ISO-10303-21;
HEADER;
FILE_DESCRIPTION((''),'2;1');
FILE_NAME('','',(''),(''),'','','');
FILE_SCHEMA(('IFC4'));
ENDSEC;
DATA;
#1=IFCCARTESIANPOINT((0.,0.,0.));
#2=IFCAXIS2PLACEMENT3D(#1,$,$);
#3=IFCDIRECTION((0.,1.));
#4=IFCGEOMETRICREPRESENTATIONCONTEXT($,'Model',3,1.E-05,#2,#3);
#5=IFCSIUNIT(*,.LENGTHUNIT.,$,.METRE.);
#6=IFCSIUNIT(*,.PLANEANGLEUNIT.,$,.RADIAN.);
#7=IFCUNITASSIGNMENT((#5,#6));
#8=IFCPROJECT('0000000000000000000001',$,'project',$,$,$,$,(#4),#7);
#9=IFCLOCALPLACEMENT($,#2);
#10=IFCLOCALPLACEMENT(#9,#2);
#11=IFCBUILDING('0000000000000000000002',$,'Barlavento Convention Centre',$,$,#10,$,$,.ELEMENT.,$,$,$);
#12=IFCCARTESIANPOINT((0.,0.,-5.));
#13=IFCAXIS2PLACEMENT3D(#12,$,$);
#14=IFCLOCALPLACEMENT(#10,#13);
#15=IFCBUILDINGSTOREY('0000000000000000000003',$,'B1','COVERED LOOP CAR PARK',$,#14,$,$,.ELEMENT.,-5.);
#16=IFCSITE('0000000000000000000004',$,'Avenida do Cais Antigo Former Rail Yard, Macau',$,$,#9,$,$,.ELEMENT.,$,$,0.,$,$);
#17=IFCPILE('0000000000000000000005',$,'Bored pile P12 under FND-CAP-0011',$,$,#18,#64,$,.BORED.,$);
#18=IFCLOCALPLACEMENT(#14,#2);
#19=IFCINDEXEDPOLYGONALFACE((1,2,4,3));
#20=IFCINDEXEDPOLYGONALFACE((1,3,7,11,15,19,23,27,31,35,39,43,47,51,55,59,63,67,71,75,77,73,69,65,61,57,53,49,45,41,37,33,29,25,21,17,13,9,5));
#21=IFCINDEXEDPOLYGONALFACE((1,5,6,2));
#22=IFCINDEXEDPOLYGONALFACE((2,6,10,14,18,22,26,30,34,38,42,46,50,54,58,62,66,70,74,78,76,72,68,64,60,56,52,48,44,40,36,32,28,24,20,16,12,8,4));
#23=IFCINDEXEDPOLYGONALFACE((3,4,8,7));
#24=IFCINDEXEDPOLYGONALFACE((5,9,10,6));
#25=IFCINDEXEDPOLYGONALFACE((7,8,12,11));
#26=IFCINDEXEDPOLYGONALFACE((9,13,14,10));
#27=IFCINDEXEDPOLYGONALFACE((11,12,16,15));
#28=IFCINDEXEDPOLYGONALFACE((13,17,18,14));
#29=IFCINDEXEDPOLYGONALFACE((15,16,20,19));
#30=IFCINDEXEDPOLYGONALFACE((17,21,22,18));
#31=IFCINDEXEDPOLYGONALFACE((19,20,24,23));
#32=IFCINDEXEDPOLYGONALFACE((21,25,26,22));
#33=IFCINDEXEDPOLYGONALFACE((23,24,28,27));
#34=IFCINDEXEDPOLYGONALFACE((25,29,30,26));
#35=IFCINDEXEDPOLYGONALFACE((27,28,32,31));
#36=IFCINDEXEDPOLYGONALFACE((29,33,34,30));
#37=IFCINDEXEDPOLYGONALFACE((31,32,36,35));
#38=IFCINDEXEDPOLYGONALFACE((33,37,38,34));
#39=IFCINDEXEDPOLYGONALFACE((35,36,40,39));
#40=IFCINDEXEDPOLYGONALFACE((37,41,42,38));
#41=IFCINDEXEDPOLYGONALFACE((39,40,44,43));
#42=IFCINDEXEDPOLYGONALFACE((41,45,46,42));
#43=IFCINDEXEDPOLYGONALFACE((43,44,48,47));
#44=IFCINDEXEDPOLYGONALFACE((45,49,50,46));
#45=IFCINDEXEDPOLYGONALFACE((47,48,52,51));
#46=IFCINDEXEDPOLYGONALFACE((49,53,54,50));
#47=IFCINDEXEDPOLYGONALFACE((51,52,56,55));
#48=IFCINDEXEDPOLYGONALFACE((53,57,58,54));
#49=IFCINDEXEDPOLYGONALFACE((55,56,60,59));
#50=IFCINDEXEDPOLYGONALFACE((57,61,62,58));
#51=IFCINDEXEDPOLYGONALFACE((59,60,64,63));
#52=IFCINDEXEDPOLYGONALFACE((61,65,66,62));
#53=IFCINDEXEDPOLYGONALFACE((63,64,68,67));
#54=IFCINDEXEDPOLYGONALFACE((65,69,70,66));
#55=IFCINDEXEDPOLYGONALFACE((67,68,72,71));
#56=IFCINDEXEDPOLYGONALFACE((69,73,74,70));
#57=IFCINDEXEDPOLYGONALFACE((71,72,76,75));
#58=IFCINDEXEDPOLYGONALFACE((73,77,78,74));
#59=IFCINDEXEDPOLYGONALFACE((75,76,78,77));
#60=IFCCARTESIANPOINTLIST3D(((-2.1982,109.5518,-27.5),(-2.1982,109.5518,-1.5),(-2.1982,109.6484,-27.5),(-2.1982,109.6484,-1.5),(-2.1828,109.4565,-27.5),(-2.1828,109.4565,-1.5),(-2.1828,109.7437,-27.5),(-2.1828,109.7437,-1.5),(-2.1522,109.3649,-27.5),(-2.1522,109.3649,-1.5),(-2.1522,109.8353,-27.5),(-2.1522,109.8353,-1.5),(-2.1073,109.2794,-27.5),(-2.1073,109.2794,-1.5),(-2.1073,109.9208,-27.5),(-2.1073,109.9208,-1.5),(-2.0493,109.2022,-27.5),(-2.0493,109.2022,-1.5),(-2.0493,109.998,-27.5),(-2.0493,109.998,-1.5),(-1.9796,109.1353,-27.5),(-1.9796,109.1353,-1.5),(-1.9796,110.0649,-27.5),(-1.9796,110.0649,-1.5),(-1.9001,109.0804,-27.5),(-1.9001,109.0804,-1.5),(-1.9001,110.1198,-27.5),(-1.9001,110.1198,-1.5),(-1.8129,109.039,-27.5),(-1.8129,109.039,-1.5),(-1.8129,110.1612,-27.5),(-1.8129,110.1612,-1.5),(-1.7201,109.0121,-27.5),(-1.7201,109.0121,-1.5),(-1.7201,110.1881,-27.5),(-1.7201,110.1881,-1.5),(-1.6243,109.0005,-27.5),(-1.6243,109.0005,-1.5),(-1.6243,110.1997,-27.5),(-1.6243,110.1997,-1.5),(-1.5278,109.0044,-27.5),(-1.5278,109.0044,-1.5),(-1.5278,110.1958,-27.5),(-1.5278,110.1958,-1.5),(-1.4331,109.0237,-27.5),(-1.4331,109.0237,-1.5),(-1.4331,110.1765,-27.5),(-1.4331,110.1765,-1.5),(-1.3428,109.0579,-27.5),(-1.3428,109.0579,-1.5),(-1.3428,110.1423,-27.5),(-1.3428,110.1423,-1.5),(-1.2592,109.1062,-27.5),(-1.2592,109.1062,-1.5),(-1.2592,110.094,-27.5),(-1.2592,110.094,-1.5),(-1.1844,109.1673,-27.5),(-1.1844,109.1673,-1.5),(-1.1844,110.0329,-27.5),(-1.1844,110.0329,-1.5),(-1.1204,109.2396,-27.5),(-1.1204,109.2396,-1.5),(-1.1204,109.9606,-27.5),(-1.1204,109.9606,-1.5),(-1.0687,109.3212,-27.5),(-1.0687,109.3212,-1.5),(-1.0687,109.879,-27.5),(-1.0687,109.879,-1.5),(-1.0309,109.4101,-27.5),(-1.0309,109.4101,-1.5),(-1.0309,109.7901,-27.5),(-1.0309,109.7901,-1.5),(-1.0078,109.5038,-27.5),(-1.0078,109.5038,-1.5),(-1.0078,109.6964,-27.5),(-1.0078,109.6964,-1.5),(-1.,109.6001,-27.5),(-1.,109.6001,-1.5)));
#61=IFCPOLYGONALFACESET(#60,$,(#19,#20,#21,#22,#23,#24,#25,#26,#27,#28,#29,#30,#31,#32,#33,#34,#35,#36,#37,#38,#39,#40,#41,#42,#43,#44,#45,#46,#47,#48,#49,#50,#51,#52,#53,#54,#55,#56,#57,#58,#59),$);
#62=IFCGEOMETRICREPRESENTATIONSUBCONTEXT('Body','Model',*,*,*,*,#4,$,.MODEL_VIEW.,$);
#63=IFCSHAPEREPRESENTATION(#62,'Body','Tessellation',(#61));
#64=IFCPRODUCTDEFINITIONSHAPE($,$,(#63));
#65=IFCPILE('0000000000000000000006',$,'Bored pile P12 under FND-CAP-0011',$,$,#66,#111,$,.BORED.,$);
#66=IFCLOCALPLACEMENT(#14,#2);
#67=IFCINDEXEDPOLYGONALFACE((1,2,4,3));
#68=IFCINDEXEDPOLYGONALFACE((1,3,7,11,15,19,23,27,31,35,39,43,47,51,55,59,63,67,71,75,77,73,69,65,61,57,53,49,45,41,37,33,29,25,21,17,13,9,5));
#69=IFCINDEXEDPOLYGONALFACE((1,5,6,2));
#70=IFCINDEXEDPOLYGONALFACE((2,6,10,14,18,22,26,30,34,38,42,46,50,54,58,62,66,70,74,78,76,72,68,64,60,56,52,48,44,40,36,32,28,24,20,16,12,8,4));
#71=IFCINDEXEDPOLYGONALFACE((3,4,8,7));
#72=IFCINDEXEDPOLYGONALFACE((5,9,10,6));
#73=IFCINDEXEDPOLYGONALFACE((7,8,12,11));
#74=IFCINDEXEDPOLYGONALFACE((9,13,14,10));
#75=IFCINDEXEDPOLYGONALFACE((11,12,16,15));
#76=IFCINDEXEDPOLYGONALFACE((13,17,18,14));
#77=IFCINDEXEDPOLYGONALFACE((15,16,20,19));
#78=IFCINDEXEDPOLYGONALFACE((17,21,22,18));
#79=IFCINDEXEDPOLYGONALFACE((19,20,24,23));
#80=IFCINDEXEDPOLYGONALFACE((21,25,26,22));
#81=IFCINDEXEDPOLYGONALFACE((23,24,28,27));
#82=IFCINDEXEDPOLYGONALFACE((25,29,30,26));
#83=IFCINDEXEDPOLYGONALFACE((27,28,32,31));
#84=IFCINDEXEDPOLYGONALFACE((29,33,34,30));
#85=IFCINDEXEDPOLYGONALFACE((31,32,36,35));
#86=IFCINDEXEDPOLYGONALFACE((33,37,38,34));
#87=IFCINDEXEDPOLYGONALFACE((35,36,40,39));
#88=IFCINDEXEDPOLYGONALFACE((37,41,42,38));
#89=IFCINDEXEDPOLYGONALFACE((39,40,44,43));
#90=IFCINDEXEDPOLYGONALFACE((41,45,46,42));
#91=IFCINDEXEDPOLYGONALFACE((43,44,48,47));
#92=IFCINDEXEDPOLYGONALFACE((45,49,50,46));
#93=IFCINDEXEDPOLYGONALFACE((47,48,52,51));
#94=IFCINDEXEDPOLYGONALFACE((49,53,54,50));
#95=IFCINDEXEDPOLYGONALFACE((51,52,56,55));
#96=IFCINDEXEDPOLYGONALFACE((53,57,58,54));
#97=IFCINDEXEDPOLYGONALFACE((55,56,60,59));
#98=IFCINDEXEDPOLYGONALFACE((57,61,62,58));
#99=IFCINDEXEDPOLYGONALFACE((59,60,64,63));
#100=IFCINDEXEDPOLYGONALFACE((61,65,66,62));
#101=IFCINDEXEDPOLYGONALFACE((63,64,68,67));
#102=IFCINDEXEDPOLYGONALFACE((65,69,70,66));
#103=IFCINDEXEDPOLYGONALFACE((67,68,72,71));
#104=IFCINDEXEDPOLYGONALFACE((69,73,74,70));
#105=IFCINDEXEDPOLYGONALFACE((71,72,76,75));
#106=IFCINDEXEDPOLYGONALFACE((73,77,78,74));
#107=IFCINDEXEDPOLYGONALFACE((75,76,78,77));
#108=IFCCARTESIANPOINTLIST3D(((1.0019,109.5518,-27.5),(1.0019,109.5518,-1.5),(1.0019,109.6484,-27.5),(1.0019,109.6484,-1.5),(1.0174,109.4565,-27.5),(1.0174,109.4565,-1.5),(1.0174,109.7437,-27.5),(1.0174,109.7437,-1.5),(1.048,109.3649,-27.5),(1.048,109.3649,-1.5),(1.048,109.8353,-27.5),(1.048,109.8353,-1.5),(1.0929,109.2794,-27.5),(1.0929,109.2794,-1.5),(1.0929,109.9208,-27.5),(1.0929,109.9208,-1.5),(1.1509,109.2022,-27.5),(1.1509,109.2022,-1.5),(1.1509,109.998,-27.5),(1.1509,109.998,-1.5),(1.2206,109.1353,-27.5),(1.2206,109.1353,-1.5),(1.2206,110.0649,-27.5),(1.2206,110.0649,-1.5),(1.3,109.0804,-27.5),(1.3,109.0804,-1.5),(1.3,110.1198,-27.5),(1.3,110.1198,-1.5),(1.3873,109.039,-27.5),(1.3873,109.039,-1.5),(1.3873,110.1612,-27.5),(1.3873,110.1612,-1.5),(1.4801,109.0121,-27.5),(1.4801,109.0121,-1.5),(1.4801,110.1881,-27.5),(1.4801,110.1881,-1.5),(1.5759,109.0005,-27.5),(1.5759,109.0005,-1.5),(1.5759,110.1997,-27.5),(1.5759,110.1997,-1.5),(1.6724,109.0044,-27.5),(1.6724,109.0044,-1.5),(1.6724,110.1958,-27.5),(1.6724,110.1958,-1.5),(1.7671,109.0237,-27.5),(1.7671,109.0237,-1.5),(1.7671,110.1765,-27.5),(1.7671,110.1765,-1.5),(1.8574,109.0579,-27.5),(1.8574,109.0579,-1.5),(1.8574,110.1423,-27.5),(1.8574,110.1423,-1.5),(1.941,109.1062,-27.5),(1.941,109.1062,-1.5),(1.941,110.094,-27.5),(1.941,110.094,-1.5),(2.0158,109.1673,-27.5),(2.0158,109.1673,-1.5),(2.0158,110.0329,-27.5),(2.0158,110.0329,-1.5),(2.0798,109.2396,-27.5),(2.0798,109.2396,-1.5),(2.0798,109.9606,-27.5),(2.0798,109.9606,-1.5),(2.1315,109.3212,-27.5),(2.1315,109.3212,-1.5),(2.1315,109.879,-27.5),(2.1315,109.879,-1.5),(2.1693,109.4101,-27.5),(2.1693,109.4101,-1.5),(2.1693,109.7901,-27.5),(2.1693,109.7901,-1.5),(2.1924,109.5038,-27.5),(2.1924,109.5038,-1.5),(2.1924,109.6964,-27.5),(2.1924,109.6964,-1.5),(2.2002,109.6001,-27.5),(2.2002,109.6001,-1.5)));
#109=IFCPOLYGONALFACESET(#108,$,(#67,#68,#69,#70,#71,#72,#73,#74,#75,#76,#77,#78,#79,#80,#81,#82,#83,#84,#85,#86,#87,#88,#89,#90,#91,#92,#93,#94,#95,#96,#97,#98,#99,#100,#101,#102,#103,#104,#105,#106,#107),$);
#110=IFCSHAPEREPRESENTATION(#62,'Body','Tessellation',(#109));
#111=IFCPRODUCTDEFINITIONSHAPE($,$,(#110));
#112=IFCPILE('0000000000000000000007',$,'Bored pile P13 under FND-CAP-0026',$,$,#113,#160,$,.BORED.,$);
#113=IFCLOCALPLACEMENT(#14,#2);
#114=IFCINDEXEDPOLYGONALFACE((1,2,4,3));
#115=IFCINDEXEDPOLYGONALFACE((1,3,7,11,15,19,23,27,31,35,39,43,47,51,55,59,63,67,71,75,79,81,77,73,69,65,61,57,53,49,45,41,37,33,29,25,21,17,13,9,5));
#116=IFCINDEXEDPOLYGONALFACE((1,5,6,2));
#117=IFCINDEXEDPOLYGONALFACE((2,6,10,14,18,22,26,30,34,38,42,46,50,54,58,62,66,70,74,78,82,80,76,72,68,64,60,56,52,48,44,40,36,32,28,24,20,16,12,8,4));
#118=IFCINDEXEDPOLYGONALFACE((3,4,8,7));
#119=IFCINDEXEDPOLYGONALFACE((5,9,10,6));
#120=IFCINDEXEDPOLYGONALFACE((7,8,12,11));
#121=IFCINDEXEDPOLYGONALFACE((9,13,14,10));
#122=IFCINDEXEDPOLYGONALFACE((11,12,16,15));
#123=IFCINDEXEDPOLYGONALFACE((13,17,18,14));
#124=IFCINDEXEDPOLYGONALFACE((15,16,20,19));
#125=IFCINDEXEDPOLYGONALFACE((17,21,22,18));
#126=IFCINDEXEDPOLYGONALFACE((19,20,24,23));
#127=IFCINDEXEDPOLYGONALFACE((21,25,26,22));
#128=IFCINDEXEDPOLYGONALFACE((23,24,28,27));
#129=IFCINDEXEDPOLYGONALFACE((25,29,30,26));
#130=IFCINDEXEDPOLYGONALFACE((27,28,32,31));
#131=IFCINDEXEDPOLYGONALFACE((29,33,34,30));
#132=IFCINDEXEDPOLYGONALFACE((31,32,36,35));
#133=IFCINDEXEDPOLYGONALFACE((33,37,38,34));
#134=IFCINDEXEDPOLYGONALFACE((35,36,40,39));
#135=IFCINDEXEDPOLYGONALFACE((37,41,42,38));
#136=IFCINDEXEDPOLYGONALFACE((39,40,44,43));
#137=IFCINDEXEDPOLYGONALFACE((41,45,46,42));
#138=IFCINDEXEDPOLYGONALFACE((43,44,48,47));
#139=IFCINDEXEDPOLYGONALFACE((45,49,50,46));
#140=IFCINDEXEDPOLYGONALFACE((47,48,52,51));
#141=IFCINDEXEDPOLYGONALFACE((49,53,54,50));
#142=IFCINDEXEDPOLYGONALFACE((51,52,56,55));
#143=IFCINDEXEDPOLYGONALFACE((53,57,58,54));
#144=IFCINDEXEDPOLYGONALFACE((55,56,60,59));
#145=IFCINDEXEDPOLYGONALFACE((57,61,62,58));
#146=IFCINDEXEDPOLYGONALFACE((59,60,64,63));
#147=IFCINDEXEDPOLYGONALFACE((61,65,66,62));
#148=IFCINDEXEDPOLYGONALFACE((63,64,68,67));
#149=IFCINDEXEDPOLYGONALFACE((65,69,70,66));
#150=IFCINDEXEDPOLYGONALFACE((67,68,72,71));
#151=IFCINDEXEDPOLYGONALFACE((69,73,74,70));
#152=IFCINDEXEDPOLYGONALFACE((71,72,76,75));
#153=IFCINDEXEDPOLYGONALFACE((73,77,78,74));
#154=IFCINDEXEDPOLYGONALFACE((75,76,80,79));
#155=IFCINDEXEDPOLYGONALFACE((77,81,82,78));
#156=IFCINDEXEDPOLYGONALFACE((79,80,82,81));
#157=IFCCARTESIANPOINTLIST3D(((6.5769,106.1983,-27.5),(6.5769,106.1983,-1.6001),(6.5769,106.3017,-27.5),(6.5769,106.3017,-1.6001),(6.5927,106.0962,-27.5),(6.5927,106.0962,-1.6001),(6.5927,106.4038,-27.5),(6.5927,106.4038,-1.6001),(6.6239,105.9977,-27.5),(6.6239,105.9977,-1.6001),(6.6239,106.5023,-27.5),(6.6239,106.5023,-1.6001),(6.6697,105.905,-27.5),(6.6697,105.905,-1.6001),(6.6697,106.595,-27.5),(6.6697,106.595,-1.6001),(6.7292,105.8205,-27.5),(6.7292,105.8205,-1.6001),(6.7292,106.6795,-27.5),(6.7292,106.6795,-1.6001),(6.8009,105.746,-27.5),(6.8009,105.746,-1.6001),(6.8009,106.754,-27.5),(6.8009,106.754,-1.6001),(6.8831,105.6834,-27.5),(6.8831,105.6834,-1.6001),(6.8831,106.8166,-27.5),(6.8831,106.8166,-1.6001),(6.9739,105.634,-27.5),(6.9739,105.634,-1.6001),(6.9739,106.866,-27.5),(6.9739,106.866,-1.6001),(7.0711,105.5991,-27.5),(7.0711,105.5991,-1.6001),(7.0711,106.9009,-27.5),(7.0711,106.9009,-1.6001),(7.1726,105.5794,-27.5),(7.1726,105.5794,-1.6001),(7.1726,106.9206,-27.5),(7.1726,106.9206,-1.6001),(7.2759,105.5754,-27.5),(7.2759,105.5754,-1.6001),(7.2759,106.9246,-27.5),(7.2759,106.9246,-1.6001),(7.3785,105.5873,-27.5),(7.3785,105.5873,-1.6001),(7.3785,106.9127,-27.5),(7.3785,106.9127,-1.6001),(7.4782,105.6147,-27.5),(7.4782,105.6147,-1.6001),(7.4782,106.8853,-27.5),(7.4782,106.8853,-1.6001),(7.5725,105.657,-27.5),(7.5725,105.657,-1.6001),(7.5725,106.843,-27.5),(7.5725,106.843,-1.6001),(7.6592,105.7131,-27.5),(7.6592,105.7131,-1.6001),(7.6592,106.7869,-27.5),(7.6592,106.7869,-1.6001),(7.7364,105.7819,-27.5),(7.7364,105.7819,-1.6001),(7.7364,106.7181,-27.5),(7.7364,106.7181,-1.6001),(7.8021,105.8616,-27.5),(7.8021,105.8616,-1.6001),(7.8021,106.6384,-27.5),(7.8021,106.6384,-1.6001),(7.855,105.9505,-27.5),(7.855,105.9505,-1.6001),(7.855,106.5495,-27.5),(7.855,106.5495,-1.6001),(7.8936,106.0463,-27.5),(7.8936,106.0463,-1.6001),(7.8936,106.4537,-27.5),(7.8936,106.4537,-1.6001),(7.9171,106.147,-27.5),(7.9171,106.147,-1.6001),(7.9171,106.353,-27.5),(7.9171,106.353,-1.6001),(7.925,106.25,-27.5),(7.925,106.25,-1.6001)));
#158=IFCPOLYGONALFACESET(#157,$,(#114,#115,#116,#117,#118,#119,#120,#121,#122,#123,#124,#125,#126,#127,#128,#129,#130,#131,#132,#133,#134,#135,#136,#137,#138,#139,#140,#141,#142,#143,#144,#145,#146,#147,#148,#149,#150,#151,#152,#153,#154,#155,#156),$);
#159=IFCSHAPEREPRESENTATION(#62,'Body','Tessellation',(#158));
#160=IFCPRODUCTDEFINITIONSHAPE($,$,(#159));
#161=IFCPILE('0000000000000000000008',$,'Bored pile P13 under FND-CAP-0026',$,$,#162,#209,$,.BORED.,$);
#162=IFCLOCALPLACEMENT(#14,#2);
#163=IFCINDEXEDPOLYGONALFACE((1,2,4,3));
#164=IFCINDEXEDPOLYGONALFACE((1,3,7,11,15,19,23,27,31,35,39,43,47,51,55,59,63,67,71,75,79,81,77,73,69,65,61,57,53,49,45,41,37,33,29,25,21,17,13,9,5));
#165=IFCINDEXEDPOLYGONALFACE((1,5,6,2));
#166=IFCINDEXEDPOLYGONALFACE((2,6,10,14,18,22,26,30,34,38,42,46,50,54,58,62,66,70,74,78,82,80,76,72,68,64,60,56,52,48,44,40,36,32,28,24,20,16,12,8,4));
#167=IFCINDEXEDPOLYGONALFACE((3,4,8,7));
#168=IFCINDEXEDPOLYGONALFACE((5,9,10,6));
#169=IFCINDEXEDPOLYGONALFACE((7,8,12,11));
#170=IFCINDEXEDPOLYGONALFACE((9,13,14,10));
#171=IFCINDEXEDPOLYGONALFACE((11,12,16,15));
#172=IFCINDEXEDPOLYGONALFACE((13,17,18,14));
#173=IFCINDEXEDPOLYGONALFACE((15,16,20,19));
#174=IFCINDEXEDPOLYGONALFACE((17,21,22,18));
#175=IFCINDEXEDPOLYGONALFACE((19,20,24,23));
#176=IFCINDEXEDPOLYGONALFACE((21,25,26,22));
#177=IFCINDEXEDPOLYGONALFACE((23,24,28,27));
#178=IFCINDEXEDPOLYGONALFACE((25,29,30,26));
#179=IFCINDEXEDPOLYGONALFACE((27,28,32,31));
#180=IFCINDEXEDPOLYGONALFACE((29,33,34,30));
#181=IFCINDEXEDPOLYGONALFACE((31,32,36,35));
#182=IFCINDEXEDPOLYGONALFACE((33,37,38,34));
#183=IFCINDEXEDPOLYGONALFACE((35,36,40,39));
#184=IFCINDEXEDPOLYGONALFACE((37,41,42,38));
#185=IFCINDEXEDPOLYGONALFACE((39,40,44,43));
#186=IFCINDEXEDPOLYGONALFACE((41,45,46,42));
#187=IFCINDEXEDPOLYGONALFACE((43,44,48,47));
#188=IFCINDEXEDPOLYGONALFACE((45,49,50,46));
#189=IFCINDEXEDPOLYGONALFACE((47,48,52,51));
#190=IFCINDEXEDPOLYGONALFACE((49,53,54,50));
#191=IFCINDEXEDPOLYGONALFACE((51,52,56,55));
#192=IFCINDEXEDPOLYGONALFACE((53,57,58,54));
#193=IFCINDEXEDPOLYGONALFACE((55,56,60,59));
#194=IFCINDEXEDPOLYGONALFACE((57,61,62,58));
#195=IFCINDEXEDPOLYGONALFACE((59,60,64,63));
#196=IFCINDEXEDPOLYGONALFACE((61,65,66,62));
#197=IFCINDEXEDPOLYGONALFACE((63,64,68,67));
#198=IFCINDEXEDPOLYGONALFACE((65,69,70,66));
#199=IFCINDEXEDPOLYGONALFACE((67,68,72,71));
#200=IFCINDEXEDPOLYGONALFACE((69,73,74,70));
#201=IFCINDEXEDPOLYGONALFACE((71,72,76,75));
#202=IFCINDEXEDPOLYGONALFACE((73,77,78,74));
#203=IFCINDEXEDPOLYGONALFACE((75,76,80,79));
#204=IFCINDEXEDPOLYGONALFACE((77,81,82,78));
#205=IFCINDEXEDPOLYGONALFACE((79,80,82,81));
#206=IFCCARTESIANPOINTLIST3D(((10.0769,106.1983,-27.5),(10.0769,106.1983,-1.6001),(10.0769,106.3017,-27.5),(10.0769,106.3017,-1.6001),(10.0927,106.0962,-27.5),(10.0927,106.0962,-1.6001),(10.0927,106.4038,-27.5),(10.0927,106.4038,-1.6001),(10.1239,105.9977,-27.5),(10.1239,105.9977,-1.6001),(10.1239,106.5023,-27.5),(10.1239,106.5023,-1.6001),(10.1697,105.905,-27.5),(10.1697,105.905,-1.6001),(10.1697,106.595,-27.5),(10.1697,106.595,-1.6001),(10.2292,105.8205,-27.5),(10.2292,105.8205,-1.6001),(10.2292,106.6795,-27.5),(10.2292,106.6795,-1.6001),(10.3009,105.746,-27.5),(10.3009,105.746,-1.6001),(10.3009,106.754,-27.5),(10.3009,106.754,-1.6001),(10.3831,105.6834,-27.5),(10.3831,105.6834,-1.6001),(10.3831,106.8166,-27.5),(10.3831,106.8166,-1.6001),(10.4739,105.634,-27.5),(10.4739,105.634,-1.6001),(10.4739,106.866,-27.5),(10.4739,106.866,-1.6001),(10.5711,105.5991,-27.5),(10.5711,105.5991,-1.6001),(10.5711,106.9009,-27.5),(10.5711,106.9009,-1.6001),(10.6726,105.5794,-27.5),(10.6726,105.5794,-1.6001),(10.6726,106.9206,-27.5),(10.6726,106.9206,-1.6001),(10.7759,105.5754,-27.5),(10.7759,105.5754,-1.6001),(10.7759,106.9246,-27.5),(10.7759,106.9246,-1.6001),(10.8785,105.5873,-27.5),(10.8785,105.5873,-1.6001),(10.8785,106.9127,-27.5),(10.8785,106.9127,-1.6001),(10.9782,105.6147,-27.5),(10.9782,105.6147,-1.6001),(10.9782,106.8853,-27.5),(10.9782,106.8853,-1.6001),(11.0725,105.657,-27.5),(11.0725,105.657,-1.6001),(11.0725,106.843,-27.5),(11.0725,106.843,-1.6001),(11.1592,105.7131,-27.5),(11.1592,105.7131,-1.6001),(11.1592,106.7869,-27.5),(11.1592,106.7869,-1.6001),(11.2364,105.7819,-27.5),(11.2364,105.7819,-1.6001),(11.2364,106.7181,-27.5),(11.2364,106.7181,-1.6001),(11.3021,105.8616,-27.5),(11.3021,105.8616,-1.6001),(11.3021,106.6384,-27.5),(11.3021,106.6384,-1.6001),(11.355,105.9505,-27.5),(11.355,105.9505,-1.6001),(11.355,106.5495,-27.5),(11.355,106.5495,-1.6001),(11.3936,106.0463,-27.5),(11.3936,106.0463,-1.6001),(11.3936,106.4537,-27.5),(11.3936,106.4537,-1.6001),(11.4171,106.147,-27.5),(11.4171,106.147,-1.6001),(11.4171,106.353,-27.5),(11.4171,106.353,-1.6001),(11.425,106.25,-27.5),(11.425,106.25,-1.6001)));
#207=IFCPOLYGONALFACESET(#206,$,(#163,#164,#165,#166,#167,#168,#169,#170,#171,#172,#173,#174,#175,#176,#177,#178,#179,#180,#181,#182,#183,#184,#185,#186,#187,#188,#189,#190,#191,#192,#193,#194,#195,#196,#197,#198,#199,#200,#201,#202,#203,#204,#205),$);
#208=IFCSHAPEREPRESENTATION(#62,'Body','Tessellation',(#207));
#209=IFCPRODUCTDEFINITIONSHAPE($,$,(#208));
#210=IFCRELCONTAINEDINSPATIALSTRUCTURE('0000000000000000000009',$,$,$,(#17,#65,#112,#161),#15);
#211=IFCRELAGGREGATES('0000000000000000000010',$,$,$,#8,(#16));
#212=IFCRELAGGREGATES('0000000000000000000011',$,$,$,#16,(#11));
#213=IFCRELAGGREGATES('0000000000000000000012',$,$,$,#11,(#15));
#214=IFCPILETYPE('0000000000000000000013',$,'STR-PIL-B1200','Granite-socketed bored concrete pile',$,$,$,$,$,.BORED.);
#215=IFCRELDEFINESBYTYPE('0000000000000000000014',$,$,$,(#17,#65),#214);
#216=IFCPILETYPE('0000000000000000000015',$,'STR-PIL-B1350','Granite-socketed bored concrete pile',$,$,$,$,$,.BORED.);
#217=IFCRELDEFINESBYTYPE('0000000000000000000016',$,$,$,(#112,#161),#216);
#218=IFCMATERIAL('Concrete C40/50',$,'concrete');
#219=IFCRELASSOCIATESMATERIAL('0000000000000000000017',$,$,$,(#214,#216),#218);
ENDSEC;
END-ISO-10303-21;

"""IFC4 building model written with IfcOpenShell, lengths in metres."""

from ifc_helpers import new_model, si_unit, direction, frame, origin, origin_2d, place, context, subcontext, project, spatial, circle, extrude, material, material_profile, profile_set, type_object, element, save


model = new_model("IFC4")

# Units and contexts
model_context = context("Model", 3, precision=1e-05, world=origin(), true_north=direction((0.0, 1.0)))
body_context = subcontext(model_context, "Body", "Model", "MODEL_VIEW")
ifc_project = project(units=[si_unit("LENGTHUNIT", "METRE"), si_unit("PLANEANGLEUNIT", "RADIAN")], contexts=[model_context])

# Site, building, storey
site_placement = place(None, origin())
site = spatial("IfcSite", under=ifc_project, at=site_placement, Name="Avenida do Cais Antigo Former Rail Yard, Macau", CompositionType="ELEMENT", RefElevation=0.0)
building_placement = place(site_placement, origin())
building = spatial("IfcBuilding", under=site, at=building_placement, Name="Barlavento Convention Centre", CompositionType="ELEMENT")
storey_placement = place(building_placement, frame((0.0, 0.0, -5.0)))
storey = spatial("IfcBuildingStorey", under=building, at=storey_placement, Name="B1", Description="COVERED LOOP CAR PARK", CompositionType="ELEMENT", Elevation=-5.0)

# Shared definitions
ifc_material_1 = material(Name="Concrete C40/50", Category="concrete")

# Piles
ifc_material_profile_1 = material_profile(ifc_material_1, circle(Radius=0.6001, at=origin_2d()), Name="BORED PILE 1200")
ifc_profile_set_1 = profile_set([ifc_material_profile_1], Name="Concrete C40/50")
pile_type_1 = type_object("IfcPileType", Name="STR-PIL-B1200", Description="Granite-socketed bored concrete pile", PredefinedType="BORED", material=ifc_profile_set_1)
for number, where, z_axis, x_axis, name in (
    (1, (-1.6001, 109.6001, -1.5), (0.0, 0.0, -1.0), (1.0, 0.0, 0.0), "Bored pile P12 under FND-CAP-0011"),
    (2, (1.6001, 109.6001, -1.5), (0.0, 0.0, -1.0), (1.0, 0.0, 0.0), "Bored pile P12 under FND-CAP-0011"),
):
    element("IfcPile", number, at=place(storey_placement, frame(where, z_axis=z_axis, x_axis=x_axis)), inside=storey, type_object=pile_type_1, Name=name, PredefinedType="BORED", context=body_context, shape_type="SweptSolid", body=[
        extrude(circle(Radius=0.6001, at=origin_2d()), origin(), (0.0, 0.0, 1.0), 26.0),
    ])
ifc_material_profile_2 = material_profile(ifc_material_1, circle(Radius=0.675, at=origin_2d()), Name="BORED PILE 1350")
ifc_profile_set_2 = profile_set([ifc_material_profile_2], Name="Concrete C40/50")
pile_type_2 = type_object("IfcPileType", Name="STR-PIL-B1350", Description="Granite-socketed bored concrete pile", PredefinedType="BORED", material=ifc_profile_set_2)
for number, where, z_axis, x_axis, name in (
    (3, (7.25, 106.25, -1.6001), (0.0, 0.0, -1.0), (1.0, 0.0, 0.0), "Bored pile P13 under FND-CAP-0026"),
    (4, (10.75, 106.25, -1.6001), (0.0, 0.0, -1.0), (1.0, 0.0, 0.0), "Bored pile P13 under FND-CAP-0026"),
):
    element("IfcPile", number, at=place(storey_placement, frame(where, z_axis=z_axis, x_axis=x_axis)), inside=storey, type_object=pile_type_2, Name=name, PredefinedType="BORED", context=body_context, shape_type="SweptSolid", body=[
        extrude(circle(Radius=0.675, at=origin_2d()), origin(), (0.0, 0.0, 1.0), 25.8999),
    ])

save(model, "model.ifc")
